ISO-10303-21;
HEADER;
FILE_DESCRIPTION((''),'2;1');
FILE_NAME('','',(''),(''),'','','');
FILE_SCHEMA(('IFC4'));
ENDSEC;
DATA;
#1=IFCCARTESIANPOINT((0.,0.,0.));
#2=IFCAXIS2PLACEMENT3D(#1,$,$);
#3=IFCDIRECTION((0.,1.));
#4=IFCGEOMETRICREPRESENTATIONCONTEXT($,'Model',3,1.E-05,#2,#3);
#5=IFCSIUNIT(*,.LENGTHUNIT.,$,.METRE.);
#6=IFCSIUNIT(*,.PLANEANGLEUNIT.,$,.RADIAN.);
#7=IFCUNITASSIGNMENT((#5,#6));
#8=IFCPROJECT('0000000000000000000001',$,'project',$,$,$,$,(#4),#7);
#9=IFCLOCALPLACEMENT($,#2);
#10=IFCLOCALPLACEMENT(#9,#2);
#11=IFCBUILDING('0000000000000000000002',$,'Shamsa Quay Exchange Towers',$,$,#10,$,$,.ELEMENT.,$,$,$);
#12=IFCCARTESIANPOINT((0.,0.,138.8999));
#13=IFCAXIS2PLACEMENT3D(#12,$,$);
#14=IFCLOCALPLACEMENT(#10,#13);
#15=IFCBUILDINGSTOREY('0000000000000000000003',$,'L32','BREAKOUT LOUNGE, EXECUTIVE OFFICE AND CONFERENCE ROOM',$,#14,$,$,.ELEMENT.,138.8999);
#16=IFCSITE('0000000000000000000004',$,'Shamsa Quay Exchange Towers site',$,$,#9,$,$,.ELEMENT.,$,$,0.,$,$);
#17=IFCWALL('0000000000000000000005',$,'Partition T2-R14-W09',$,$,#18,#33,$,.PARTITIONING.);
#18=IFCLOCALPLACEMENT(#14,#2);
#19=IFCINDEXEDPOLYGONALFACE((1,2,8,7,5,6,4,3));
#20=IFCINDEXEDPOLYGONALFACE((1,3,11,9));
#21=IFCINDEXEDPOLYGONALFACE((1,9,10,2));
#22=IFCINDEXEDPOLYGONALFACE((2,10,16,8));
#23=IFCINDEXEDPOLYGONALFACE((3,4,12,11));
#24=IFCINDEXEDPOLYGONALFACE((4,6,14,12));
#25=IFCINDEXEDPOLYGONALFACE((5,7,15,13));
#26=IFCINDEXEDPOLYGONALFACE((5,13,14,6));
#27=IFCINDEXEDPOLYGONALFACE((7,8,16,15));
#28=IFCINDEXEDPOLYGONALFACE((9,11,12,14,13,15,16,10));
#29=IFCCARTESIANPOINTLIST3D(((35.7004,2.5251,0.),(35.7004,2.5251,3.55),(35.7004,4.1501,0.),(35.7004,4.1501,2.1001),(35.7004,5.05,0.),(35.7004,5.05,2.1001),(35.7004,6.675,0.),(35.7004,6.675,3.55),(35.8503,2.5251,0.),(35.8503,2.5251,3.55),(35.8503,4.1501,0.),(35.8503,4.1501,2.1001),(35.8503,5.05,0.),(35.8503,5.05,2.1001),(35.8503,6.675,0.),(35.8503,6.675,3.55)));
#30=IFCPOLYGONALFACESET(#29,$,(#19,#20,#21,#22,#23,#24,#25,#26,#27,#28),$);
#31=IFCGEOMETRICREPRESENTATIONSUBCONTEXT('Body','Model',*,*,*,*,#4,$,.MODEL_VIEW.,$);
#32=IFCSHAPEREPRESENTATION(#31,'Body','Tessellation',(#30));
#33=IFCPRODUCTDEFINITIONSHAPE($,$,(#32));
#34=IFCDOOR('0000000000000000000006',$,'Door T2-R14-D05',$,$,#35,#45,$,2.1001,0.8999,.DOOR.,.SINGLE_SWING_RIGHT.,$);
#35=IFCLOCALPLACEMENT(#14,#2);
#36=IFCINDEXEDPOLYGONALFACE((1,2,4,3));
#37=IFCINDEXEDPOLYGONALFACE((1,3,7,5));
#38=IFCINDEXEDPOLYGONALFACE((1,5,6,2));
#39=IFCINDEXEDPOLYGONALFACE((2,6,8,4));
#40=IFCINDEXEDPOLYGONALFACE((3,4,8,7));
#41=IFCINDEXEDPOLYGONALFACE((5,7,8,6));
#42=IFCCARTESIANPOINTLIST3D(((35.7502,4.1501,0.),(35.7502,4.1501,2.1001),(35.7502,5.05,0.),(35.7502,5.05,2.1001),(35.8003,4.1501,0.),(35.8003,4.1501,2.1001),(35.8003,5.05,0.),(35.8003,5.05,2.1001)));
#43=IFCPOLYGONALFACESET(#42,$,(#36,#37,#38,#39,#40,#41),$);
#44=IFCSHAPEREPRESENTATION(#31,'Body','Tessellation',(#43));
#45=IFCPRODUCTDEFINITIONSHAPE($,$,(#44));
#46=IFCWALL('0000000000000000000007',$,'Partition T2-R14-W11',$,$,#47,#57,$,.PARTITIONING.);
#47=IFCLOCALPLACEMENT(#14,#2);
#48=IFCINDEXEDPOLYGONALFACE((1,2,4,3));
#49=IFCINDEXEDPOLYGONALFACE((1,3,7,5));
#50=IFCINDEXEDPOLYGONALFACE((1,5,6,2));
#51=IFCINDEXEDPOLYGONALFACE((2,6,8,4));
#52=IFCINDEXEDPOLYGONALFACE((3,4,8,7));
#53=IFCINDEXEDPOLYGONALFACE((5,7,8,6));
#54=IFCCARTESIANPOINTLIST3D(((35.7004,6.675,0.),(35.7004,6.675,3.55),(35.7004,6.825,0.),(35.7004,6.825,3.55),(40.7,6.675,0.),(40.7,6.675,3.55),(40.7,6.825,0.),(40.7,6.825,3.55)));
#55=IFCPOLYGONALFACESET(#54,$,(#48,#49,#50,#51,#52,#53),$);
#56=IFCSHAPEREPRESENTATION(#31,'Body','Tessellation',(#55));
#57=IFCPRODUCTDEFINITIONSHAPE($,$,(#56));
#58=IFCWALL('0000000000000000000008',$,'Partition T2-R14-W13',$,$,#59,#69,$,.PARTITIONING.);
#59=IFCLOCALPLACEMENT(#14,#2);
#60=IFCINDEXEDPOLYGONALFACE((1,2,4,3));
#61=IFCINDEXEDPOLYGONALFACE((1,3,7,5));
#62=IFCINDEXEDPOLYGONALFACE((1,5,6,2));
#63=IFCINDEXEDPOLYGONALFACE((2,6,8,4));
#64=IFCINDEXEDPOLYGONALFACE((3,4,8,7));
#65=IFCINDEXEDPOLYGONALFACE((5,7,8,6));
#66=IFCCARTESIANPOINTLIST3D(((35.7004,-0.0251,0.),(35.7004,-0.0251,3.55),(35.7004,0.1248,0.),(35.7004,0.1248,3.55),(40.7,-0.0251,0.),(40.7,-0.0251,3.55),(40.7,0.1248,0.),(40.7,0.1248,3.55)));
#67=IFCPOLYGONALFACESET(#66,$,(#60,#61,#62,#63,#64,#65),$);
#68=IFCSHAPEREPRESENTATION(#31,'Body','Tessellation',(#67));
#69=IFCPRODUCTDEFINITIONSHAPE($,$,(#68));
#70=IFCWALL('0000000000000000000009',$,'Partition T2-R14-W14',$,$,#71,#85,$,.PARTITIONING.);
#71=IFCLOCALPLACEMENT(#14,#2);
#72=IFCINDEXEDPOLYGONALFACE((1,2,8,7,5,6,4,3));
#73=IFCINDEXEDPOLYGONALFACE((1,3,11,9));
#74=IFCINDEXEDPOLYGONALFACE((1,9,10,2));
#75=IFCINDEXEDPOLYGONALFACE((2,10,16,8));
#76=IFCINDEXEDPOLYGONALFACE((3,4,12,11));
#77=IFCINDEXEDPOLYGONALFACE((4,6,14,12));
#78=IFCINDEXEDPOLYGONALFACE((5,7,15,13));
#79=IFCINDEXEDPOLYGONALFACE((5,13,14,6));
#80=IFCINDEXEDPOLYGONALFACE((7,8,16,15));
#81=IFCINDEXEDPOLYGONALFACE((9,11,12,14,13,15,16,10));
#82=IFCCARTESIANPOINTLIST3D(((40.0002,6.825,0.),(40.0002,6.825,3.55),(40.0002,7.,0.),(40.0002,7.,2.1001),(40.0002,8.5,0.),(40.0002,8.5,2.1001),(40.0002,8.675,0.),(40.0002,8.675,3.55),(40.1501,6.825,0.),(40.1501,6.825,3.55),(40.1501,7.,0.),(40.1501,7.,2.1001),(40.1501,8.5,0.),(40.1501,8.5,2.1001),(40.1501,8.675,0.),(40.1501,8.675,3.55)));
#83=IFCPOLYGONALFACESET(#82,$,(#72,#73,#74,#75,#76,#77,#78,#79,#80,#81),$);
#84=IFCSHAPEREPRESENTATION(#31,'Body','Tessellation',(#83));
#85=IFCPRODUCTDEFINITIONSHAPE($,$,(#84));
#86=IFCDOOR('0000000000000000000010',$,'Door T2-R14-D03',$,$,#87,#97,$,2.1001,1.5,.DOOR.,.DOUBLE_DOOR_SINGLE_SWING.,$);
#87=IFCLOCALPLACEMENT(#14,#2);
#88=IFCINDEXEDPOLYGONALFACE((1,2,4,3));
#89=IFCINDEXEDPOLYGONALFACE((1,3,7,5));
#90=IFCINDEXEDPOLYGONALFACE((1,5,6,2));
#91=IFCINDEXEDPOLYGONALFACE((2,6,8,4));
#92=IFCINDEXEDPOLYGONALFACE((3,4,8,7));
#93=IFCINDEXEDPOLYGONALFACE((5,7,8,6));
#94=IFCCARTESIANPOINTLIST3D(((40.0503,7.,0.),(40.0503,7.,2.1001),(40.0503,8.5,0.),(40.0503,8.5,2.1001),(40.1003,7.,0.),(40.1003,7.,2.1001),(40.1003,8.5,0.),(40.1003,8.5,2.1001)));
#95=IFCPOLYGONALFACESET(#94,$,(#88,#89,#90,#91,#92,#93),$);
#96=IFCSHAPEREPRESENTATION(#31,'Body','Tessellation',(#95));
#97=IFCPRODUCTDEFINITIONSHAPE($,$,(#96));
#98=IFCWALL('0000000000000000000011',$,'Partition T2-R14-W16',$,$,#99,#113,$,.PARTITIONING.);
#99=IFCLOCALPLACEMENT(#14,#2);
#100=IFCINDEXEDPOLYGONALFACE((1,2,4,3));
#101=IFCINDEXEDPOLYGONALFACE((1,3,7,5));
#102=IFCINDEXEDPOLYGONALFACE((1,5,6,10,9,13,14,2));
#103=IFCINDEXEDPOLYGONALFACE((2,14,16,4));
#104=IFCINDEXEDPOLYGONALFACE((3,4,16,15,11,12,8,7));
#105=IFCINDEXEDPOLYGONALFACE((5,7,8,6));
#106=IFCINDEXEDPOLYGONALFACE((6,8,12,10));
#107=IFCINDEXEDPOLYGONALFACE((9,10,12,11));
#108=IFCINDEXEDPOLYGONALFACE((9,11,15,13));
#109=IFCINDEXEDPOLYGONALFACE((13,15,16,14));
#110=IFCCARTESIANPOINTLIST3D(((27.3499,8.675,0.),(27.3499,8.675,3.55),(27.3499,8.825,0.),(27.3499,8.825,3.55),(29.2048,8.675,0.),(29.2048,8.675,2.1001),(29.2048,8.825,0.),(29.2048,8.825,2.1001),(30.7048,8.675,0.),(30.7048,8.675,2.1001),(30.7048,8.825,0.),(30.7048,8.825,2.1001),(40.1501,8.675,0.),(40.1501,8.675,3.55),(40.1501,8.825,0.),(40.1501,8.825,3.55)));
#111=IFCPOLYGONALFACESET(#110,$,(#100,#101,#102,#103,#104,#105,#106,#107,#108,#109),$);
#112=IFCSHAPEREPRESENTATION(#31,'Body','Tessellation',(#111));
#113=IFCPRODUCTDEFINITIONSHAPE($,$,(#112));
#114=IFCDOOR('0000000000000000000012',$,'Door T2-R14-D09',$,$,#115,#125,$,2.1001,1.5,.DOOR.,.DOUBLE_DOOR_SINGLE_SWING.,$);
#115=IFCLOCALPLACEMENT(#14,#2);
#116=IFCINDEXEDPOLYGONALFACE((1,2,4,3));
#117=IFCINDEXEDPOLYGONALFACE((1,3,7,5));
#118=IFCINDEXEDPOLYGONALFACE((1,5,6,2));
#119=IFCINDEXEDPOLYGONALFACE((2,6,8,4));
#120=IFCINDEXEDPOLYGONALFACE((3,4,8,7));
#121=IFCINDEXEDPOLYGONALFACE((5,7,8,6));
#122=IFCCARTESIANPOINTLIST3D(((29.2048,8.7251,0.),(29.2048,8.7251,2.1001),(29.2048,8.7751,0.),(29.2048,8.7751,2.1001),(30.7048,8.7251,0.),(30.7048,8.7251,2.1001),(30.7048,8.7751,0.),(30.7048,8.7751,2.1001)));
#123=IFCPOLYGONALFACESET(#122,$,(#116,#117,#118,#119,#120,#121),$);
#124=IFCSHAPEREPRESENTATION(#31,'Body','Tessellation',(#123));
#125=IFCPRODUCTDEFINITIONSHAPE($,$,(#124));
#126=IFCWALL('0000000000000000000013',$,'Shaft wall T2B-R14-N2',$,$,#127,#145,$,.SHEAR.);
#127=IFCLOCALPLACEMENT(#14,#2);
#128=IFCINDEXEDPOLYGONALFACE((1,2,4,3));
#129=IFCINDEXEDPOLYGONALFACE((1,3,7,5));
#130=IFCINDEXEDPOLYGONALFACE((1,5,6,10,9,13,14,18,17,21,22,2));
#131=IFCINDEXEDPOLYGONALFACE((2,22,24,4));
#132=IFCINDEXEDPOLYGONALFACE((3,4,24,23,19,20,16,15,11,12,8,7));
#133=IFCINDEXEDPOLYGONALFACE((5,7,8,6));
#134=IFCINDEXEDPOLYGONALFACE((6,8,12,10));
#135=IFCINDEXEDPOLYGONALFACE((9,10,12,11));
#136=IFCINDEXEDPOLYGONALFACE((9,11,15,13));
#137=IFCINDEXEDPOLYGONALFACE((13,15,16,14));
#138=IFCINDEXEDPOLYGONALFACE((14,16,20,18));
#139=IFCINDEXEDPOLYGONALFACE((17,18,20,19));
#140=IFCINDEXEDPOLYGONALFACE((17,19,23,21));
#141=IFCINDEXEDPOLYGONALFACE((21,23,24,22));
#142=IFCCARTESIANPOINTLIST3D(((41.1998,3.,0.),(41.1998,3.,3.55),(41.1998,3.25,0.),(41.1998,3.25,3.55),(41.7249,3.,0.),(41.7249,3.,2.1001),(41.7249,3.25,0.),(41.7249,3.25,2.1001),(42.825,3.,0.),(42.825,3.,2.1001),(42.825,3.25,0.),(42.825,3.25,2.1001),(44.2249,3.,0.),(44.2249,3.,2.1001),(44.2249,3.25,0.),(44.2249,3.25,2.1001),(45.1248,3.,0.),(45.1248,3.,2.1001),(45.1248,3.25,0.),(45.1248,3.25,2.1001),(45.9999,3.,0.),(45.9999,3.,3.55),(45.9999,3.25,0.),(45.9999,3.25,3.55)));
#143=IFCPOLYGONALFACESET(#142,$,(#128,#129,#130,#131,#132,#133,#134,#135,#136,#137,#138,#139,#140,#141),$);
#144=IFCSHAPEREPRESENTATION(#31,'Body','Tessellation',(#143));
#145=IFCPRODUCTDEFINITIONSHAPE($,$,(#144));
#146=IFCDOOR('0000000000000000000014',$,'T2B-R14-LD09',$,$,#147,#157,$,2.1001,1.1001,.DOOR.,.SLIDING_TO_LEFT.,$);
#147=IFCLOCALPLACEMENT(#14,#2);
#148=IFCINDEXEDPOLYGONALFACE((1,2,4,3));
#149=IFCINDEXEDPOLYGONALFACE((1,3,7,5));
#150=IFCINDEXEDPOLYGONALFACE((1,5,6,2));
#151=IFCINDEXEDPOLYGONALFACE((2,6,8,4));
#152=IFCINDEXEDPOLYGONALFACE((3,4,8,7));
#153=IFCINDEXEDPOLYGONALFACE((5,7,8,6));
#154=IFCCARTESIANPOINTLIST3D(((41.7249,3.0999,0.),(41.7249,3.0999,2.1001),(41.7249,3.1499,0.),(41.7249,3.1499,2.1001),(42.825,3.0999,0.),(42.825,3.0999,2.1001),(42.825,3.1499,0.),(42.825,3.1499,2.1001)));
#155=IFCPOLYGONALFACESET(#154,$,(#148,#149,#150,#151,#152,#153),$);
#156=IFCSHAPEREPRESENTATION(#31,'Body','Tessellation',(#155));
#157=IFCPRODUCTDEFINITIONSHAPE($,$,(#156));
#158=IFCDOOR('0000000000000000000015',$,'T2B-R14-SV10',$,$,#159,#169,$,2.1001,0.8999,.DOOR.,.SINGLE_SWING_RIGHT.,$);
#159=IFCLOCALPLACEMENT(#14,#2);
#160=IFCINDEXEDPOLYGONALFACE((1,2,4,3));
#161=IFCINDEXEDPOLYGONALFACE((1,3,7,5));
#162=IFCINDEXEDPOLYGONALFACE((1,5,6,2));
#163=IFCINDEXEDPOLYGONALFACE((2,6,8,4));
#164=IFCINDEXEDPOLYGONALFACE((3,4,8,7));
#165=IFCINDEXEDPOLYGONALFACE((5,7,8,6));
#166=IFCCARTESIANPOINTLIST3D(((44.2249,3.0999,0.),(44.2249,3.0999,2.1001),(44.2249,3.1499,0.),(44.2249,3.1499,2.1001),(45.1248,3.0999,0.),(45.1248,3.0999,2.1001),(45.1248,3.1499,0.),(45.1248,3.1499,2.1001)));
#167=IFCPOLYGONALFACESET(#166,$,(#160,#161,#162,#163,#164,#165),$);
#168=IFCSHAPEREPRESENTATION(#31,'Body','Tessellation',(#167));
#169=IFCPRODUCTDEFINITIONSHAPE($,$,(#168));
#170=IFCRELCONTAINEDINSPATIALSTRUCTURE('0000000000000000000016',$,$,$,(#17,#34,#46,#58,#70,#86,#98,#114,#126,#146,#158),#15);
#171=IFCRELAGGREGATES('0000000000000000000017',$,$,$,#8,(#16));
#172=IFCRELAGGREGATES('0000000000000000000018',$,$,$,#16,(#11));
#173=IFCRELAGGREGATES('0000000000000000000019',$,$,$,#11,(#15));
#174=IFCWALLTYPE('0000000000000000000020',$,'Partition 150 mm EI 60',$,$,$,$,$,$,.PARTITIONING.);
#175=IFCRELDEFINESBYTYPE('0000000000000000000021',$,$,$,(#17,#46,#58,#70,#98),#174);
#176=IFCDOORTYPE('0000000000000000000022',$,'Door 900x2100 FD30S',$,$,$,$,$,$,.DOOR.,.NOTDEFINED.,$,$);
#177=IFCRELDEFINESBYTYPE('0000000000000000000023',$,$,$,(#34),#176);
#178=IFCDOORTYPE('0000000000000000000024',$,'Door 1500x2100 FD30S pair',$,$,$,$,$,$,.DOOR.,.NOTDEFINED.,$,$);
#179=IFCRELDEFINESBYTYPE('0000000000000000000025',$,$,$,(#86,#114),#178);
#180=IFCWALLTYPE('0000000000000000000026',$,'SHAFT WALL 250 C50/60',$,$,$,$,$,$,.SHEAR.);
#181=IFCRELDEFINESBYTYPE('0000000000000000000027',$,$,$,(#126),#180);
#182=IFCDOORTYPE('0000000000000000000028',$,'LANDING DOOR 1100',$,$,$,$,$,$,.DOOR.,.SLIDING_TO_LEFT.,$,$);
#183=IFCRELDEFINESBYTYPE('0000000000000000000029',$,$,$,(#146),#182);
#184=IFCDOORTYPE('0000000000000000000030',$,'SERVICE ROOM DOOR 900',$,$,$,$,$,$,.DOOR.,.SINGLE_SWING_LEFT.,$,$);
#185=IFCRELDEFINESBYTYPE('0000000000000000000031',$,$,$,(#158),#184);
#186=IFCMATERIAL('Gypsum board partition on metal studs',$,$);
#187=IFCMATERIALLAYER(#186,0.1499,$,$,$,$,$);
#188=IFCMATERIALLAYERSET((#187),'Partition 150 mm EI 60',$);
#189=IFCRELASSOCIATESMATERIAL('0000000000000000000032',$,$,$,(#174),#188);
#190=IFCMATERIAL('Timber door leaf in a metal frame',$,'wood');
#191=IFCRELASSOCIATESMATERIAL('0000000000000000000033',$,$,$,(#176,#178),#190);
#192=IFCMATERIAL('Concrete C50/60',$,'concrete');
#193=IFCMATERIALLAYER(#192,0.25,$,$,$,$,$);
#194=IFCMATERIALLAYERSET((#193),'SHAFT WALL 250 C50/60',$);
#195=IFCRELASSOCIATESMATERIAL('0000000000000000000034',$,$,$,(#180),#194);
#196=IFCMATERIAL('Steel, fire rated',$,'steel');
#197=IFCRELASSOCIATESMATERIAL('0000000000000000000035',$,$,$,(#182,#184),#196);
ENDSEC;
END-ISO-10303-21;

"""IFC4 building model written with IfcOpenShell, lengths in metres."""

from ifc_helpers import new_model, si_unit, direction, frame, frame_2d, origin, place, context, subcontext, project, spatial, rectangle, extrude, material, layer, layer_set, type_object, element, fill, save


model = new_model("IFC4")

# Units and contexts
model_context = context("Model", 3, precision=1e-05, world=origin(), true_north=direction((0.0, 1.0)))
body_context = subcontext(model_context, "Body", "Model", "MODEL_VIEW")
ifc_project = project(units=[si_unit("LENGTHUNIT", "METRE"), si_unit("PLANEANGLEUNIT", "RADIAN")], contexts=[model_context])

# Site, building, storey
site_placement = place(None, origin())
site = spatial("IfcSite", under=ifc_project, at=site_placement, Name="Shamsa Quay Exchange Towers site", CompositionType="ELEMENT", RefElevation=0.0)
building_placement = place(site_placement, origin())
building = spatial("IfcBuilding", under=site, at=building_placement, Name="Shamsa Quay Exchange Towers", CompositionType="ELEMENT")
storey_placement = place(building_placement, frame((0.0, 0.0, 138.8999)))
storey = spatial("IfcBuildingStorey", under=building, at=storey_placement, Name="L32", Description="BREAKOUT LOUNGE, EXECUTIVE OFFICE AND CONFERENCE ROOM", CompositionType="ELEMENT", Elevation=138.8999)

# Shared definitions
ifc_material_1 = material(Name="Gypsum board partition on metal studs")
ifc_layer_1 = layer(ifc_material_1, 0.1499)
ifc_layer_set_1 = layer_set([ifc_layer_1], Name="Partition 150 mm EI 60")
wall_type_1 = type_object("IfcWallType", Name="Partition 150 mm EI 60", PredefinedType="PARTITIONING", material=ifc_layer_set_1)

# Wall, opening, door
ifc_material_2 = material(Name="Timber door leaf in a metal frame", Category="wood")
door_type_1 = type_object("IfcDoorType", Name="Door 900x2100 FD30S", OperationType="NOTDEFINED", PredefinedType="DOOR", material=ifc_material_2)
wall_1_placement = place(storey_placement, frame((35.7754, 6.675, 0.0), z_axis=(0.0, 0.0, 1.0), x_axis=(0.0, -1.0, 0.0)))
wall_1 = element("IfcWall", 1, at=wall_1_placement, inside=storey, type_object=wall_type_1, Name="Partition T2-R14-W09", PredefinedType="PARTITIONING", context=body_context, shape_type="SweptSolid", body=[
    extrude(rectangle(XDim=4.1499, YDim=0.1499, at=frame_2d((2.075, 0.0))), origin(), (0.0, 0.0, 1.0), 3.55),
])
opening_1_placement = place(wall_1_placement, frame((1.625, 0.0, 0.0)))
opening_1 = element("IfcOpeningElement", 2, at=opening_1_placement, cuts=wall_1, PredefinedType="OPENING", context=body_context, shape_type="SweptSolid", body=[
    extrude(rectangle(XDim=0.8999, YDim=2.1001, at=frame_2d((0.45, 1.05))), frame((0.0, 0.085, 0.0), z_axis=(0.0, -1.0, 0.0), x_axis=(1.0, 0.0, 0.0)), (0.0, 0.0, 1.0), 0.1699),
])
door_1_placement = place(opening_1_placement, origin())
door_1 = element("IfcDoor", 3, at=door_1_placement, inside=storey, type_object=door_type_1, Name="Door T2-R14-D05", OperationType="SINGLE_SWING_RIGHT", OverallHeight=2.1001, OverallWidth=0.8999, PredefinedType="DOOR", context=body_context, shape_type="SweptSolid", body=[
    extrude(rectangle(XDim=0.8999, YDim=2.1001, at=frame_2d((0.45, 1.05))), frame((0.0, 0.0249, 0.0), z_axis=(0.0, -1.0, 0.0), x_axis=(1.0, 0.0, 0.0)), (0.0, 0.0, 1.0), 0.05),
])
fill(opening_1, door_1)

# Walls
for number, where, z_axis, x_axis, name in (
    (4, (40.7, 6.75, 0.0), (0.0, 0.0, 1.0), (-1.0, 0.0, 0.0), "Partition T2-R14-W11"),
    (5, (40.7, 0.0498, 0.0), (0.0, 0.0, 1.0), (-1.0, 0.0, 0.0), "Partition T2-R14-W13"),
):
    element("IfcWall", number, at=place(storey_placement, frame(where, z_axis=z_axis, x_axis=x_axis)), inside=storey, type_object=wall_type_1, Name=name, PredefinedType="PARTITIONING", context=body_context, shape_type="SweptSolid", body=[
        extrude(rectangle(XDim=4.9995, YDim=0.1499, at=frame_2d((2.4998, 0.0))), origin(), (0.0, 0.0, 1.0), 3.55),
    ])

# Walls, openings, doors
wall_2_placement = place(storey_placement, frame((40.0752, 6.825, 0.0), z_axis=(0.0, 0.0, 1.0), x_axis=(0.0, 1.0, 0.0)))
wall_2 = element("IfcWall", 6, at=wall_2_placement, inside=storey, type_object=wall_type_1, Name="Partition T2-R14-W14", PredefinedType="PARTITIONING", context=body_context, shape_type="SweptSolid", body=[
    extrude(rectangle(XDim=1.8501, YDim=0.1499, at=frame_2d((0.925, 0.0))), origin(), (0.0, 0.0, 1.0), 3.55),
])
opening_2_placement = place(wall_2_placement, frame((0.175, 0.0, 0.0)))
opening_2 = element("IfcOpeningElement", 7, at=opening_2_placement, cuts=wall_2, PredefinedType="OPENING", context=body_context, shape_type="SweptSolid", body=[
    extrude(rectangle(XDim=1.5, YDim=2.1001, at=frame_2d((0.75, 1.05))), frame((0.0, 0.085, 0.0), z_axis=(0.0, -1.0, 0.0), x_axis=(1.0, 0.0, 0.0)), (0.0, 0.0, 1.0), 0.1699),
])
door_type_2 = type_object("IfcDoorType", Name="Door 1500x2100 FD30S pair", OperationType="NOTDEFINED", PredefinedType="DOOR", material=ifc_material_2)
door_2_placement = place(opening_2_placement, origin())
door_2 = element("IfcDoor", 8, at=door_2_placement, inside=storey, type_object=door_type_2, Name="Door T2-R14-D03", OperationType="DOUBLE_DOOR_SINGLE_SWING", OverallHeight=2.1001, OverallWidth=1.5, PredefinedType="DOOR", context=body_context, shape_type="SweptSolid", body=[
    extrude(rectangle(XDim=1.5, YDim=2.1001, at=frame_2d((0.75, 1.05))), frame((0.0, 0.0249, 0.0), z_axis=(0.0, -1.0, 0.0), x_axis=(1.0, 0.0, 0.0)), (0.0, 0.0, 1.0), 0.05),
])
fill(opening_2, door_2)
wall_3_placement = place(storey_placement, frame((40.1501, 8.75, 0.0), z_axis=(0.0, 0.0, 1.0), x_axis=(-1.0, 0.0, 0.0)))
wall_3 = element("IfcWall", 9, at=wall_3_placement, inside=storey, type_object=wall_type_1, Name="Partition T2-R14-W16", PredefinedType="PARTITIONING", context=body_context, shape_type="SweptSolid", body=[
    extrude(rectangle(XDim=12.8003, YDim=0.1499, at=frame_2d((6.4001, 0.0))), origin(), (0.0, 0.0, 1.0), 3.55),
])
opening_3_placement = place(wall_3_placement, frame((9.4453, 0.0, 0.0)))
opening_3 = element("IfcOpeningElement", 10, at=opening_3_placement, cuts=wall_3, PredefinedType="OPENING", context=body_context, shape_type="SweptSolid", body=[
    extrude(rectangle(XDim=1.5, YDim=2.1001, at=frame_2d((0.75, 1.05))), frame((0.0, 0.085, 0.0), z_axis=(0.0, -1.0, 0.0), x_axis=(1.0, 0.0, 0.0)), (0.0, 0.0, 1.0), 0.1699),
])
door_3_placement = place(opening_3_placement, origin())
door_3 = element("IfcDoor", 11, at=door_3_placement, inside=storey, type_object=door_type_2, Name="Door T2-R14-D09", OperationType="DOUBLE_DOOR_SINGLE_SWING", OverallHeight=2.1001, OverallWidth=1.5, PredefinedType="DOOR", context=body_context, shape_type="SweptSolid", body=[
    extrude(rectangle(XDim=1.5, YDim=2.1001, at=frame_2d((0.75, 1.05))), frame((0.0, 0.0249, 0.0), z_axis=(0.0, -1.0, 0.0), x_axis=(1.0, 0.0, 0.0)), (0.0, 0.0, 1.0), 0.05),
])
fill(opening_3, door_3)

# Wall, openings, doors
ifc_material_3 = material(Name="Concrete C50/60", Category="concrete")
ifc_layer_2 = layer(ifc_material_3, 0.25)
ifc_layer_set_2 = layer_set([ifc_layer_2], Name="SHAFT WALL 250 C50/60")
wall_type_2 = type_object("IfcWallType", Name="SHAFT WALL 250 C50/60", PredefinedType="SHEAR", material=ifc_layer_set_2)
wall_4_placement = place(storey_placement, frame((41.2, 3.125, 0.0)))
wall_4 = element("IfcWall", 12, at=wall_4_placement, inside=storey, type_object=wall_type_2, Name="Shaft wall T2B-R14-N2", PredefinedType="SHEAR", context=body_context, shape_type="SweptSolid", body=[
    extrude(rectangle(XDim=4.8, YDim=0.25, at=frame_2d((2.3999, 0.0))), origin(), (0.0, 0.0, 1.0), 3.55),
])
opening_4_placement = place(wall_4_placement, frame((0.5249, 0.0, 0.0)))
opening_4 = element("IfcOpeningElement", 13, at=opening_4_placement, cuts=wall_4, PredefinedType="OPENING", context=body_context, shape_type="SweptSolid", body=[
    extrude(rectangle(XDim=1.1001, YDim=2.1001, at=frame_2d((0.55, 1.05))), frame((0.0, 0.135, 0.0), z_axis=(0.0, -1.0, 0.0), x_axis=(1.0, 0.0, 0.0)), (0.0, 0.0, 1.0), 0.27),
])
opening_5_placement = place(wall_4_placement, frame((3.0249, 0.0, 0.0)))
opening_5 = element("IfcOpeningElement", 14, at=opening_5_placement, cuts=wall_4, PredefinedType="OPENING", context=body_context, shape_type="SweptSolid", body=[
    extrude(rectangle(XDim=0.8999, YDim=2.1001, at=frame_2d((0.45, 1.05))), frame((0.0, 0.135, 0.0), z_axis=(0.0, -1.0, 0.0), x_axis=(1.0, 0.0, 0.0)), (0.0, 0.0, 1.0), 0.27),
])
ifc_material_4 = material(Name="Steel, fire rated", Category="steel")
door_type_3 = type_object("IfcDoorType", Name="LANDING DOOR 1100", OperationType="SLIDING_TO_LEFT", PredefinedType="DOOR", material=ifc_material_4)
door_4_placement = place(opening_4_placement, origin())
door_4 = element("IfcDoor", 15, at=door_4_placement, inside=storey, type_object=door_type_3, Name="T2B-R14-LD09", OperationType="SLIDING_TO_LEFT", OverallHeight=2.1001, OverallWidth=1.1001, PredefinedType="DOOR", context=body_context, shape_type="SweptSolid", body=[
    extrude(rectangle(XDim=1.1001, YDim=2.1001, at=frame_2d((0.55, 1.05))), frame((0.0, 0.0249, 0.0), z_axis=(0.0, -1.0, 0.0), x_axis=(1.0, 0.0, 0.0)), (0.0, 0.0, 1.0), 0.05),
])
fill(opening_4, door_4)
door_type_4 = type_object("IfcDoorType", Name="SERVICE ROOM DOOR 900", OperationType="SINGLE_SWING_LEFT", PredefinedType="DOOR", material=ifc_material_4)
door_5_placement = place(opening_5_placement, origin())
door_5 = element("IfcDoor", 16, at=door_5_placement, inside=storey, type_object=door_type_4, Name="T2B-R14-SV10", OperationType="SINGLE_SWING_RIGHT", OverallHeight=2.1001, OverallWidth=0.8999, PredefinedType="DOOR", context=body_context, shape_type="SweptSolid", body=[
    extrude(rectangle(XDim=0.8999, YDim=2.1001, at=frame_2d((0.45, 1.05))), frame((0.0, 0.0249, 0.0), z_axis=(0.0, -1.0, 0.0), x_axis=(1.0, 0.0, 0.0)), (0.0, 0.0, 1.0), 0.05),
])
fill(opening_5, door_5)

save(model, "model.ifc")
